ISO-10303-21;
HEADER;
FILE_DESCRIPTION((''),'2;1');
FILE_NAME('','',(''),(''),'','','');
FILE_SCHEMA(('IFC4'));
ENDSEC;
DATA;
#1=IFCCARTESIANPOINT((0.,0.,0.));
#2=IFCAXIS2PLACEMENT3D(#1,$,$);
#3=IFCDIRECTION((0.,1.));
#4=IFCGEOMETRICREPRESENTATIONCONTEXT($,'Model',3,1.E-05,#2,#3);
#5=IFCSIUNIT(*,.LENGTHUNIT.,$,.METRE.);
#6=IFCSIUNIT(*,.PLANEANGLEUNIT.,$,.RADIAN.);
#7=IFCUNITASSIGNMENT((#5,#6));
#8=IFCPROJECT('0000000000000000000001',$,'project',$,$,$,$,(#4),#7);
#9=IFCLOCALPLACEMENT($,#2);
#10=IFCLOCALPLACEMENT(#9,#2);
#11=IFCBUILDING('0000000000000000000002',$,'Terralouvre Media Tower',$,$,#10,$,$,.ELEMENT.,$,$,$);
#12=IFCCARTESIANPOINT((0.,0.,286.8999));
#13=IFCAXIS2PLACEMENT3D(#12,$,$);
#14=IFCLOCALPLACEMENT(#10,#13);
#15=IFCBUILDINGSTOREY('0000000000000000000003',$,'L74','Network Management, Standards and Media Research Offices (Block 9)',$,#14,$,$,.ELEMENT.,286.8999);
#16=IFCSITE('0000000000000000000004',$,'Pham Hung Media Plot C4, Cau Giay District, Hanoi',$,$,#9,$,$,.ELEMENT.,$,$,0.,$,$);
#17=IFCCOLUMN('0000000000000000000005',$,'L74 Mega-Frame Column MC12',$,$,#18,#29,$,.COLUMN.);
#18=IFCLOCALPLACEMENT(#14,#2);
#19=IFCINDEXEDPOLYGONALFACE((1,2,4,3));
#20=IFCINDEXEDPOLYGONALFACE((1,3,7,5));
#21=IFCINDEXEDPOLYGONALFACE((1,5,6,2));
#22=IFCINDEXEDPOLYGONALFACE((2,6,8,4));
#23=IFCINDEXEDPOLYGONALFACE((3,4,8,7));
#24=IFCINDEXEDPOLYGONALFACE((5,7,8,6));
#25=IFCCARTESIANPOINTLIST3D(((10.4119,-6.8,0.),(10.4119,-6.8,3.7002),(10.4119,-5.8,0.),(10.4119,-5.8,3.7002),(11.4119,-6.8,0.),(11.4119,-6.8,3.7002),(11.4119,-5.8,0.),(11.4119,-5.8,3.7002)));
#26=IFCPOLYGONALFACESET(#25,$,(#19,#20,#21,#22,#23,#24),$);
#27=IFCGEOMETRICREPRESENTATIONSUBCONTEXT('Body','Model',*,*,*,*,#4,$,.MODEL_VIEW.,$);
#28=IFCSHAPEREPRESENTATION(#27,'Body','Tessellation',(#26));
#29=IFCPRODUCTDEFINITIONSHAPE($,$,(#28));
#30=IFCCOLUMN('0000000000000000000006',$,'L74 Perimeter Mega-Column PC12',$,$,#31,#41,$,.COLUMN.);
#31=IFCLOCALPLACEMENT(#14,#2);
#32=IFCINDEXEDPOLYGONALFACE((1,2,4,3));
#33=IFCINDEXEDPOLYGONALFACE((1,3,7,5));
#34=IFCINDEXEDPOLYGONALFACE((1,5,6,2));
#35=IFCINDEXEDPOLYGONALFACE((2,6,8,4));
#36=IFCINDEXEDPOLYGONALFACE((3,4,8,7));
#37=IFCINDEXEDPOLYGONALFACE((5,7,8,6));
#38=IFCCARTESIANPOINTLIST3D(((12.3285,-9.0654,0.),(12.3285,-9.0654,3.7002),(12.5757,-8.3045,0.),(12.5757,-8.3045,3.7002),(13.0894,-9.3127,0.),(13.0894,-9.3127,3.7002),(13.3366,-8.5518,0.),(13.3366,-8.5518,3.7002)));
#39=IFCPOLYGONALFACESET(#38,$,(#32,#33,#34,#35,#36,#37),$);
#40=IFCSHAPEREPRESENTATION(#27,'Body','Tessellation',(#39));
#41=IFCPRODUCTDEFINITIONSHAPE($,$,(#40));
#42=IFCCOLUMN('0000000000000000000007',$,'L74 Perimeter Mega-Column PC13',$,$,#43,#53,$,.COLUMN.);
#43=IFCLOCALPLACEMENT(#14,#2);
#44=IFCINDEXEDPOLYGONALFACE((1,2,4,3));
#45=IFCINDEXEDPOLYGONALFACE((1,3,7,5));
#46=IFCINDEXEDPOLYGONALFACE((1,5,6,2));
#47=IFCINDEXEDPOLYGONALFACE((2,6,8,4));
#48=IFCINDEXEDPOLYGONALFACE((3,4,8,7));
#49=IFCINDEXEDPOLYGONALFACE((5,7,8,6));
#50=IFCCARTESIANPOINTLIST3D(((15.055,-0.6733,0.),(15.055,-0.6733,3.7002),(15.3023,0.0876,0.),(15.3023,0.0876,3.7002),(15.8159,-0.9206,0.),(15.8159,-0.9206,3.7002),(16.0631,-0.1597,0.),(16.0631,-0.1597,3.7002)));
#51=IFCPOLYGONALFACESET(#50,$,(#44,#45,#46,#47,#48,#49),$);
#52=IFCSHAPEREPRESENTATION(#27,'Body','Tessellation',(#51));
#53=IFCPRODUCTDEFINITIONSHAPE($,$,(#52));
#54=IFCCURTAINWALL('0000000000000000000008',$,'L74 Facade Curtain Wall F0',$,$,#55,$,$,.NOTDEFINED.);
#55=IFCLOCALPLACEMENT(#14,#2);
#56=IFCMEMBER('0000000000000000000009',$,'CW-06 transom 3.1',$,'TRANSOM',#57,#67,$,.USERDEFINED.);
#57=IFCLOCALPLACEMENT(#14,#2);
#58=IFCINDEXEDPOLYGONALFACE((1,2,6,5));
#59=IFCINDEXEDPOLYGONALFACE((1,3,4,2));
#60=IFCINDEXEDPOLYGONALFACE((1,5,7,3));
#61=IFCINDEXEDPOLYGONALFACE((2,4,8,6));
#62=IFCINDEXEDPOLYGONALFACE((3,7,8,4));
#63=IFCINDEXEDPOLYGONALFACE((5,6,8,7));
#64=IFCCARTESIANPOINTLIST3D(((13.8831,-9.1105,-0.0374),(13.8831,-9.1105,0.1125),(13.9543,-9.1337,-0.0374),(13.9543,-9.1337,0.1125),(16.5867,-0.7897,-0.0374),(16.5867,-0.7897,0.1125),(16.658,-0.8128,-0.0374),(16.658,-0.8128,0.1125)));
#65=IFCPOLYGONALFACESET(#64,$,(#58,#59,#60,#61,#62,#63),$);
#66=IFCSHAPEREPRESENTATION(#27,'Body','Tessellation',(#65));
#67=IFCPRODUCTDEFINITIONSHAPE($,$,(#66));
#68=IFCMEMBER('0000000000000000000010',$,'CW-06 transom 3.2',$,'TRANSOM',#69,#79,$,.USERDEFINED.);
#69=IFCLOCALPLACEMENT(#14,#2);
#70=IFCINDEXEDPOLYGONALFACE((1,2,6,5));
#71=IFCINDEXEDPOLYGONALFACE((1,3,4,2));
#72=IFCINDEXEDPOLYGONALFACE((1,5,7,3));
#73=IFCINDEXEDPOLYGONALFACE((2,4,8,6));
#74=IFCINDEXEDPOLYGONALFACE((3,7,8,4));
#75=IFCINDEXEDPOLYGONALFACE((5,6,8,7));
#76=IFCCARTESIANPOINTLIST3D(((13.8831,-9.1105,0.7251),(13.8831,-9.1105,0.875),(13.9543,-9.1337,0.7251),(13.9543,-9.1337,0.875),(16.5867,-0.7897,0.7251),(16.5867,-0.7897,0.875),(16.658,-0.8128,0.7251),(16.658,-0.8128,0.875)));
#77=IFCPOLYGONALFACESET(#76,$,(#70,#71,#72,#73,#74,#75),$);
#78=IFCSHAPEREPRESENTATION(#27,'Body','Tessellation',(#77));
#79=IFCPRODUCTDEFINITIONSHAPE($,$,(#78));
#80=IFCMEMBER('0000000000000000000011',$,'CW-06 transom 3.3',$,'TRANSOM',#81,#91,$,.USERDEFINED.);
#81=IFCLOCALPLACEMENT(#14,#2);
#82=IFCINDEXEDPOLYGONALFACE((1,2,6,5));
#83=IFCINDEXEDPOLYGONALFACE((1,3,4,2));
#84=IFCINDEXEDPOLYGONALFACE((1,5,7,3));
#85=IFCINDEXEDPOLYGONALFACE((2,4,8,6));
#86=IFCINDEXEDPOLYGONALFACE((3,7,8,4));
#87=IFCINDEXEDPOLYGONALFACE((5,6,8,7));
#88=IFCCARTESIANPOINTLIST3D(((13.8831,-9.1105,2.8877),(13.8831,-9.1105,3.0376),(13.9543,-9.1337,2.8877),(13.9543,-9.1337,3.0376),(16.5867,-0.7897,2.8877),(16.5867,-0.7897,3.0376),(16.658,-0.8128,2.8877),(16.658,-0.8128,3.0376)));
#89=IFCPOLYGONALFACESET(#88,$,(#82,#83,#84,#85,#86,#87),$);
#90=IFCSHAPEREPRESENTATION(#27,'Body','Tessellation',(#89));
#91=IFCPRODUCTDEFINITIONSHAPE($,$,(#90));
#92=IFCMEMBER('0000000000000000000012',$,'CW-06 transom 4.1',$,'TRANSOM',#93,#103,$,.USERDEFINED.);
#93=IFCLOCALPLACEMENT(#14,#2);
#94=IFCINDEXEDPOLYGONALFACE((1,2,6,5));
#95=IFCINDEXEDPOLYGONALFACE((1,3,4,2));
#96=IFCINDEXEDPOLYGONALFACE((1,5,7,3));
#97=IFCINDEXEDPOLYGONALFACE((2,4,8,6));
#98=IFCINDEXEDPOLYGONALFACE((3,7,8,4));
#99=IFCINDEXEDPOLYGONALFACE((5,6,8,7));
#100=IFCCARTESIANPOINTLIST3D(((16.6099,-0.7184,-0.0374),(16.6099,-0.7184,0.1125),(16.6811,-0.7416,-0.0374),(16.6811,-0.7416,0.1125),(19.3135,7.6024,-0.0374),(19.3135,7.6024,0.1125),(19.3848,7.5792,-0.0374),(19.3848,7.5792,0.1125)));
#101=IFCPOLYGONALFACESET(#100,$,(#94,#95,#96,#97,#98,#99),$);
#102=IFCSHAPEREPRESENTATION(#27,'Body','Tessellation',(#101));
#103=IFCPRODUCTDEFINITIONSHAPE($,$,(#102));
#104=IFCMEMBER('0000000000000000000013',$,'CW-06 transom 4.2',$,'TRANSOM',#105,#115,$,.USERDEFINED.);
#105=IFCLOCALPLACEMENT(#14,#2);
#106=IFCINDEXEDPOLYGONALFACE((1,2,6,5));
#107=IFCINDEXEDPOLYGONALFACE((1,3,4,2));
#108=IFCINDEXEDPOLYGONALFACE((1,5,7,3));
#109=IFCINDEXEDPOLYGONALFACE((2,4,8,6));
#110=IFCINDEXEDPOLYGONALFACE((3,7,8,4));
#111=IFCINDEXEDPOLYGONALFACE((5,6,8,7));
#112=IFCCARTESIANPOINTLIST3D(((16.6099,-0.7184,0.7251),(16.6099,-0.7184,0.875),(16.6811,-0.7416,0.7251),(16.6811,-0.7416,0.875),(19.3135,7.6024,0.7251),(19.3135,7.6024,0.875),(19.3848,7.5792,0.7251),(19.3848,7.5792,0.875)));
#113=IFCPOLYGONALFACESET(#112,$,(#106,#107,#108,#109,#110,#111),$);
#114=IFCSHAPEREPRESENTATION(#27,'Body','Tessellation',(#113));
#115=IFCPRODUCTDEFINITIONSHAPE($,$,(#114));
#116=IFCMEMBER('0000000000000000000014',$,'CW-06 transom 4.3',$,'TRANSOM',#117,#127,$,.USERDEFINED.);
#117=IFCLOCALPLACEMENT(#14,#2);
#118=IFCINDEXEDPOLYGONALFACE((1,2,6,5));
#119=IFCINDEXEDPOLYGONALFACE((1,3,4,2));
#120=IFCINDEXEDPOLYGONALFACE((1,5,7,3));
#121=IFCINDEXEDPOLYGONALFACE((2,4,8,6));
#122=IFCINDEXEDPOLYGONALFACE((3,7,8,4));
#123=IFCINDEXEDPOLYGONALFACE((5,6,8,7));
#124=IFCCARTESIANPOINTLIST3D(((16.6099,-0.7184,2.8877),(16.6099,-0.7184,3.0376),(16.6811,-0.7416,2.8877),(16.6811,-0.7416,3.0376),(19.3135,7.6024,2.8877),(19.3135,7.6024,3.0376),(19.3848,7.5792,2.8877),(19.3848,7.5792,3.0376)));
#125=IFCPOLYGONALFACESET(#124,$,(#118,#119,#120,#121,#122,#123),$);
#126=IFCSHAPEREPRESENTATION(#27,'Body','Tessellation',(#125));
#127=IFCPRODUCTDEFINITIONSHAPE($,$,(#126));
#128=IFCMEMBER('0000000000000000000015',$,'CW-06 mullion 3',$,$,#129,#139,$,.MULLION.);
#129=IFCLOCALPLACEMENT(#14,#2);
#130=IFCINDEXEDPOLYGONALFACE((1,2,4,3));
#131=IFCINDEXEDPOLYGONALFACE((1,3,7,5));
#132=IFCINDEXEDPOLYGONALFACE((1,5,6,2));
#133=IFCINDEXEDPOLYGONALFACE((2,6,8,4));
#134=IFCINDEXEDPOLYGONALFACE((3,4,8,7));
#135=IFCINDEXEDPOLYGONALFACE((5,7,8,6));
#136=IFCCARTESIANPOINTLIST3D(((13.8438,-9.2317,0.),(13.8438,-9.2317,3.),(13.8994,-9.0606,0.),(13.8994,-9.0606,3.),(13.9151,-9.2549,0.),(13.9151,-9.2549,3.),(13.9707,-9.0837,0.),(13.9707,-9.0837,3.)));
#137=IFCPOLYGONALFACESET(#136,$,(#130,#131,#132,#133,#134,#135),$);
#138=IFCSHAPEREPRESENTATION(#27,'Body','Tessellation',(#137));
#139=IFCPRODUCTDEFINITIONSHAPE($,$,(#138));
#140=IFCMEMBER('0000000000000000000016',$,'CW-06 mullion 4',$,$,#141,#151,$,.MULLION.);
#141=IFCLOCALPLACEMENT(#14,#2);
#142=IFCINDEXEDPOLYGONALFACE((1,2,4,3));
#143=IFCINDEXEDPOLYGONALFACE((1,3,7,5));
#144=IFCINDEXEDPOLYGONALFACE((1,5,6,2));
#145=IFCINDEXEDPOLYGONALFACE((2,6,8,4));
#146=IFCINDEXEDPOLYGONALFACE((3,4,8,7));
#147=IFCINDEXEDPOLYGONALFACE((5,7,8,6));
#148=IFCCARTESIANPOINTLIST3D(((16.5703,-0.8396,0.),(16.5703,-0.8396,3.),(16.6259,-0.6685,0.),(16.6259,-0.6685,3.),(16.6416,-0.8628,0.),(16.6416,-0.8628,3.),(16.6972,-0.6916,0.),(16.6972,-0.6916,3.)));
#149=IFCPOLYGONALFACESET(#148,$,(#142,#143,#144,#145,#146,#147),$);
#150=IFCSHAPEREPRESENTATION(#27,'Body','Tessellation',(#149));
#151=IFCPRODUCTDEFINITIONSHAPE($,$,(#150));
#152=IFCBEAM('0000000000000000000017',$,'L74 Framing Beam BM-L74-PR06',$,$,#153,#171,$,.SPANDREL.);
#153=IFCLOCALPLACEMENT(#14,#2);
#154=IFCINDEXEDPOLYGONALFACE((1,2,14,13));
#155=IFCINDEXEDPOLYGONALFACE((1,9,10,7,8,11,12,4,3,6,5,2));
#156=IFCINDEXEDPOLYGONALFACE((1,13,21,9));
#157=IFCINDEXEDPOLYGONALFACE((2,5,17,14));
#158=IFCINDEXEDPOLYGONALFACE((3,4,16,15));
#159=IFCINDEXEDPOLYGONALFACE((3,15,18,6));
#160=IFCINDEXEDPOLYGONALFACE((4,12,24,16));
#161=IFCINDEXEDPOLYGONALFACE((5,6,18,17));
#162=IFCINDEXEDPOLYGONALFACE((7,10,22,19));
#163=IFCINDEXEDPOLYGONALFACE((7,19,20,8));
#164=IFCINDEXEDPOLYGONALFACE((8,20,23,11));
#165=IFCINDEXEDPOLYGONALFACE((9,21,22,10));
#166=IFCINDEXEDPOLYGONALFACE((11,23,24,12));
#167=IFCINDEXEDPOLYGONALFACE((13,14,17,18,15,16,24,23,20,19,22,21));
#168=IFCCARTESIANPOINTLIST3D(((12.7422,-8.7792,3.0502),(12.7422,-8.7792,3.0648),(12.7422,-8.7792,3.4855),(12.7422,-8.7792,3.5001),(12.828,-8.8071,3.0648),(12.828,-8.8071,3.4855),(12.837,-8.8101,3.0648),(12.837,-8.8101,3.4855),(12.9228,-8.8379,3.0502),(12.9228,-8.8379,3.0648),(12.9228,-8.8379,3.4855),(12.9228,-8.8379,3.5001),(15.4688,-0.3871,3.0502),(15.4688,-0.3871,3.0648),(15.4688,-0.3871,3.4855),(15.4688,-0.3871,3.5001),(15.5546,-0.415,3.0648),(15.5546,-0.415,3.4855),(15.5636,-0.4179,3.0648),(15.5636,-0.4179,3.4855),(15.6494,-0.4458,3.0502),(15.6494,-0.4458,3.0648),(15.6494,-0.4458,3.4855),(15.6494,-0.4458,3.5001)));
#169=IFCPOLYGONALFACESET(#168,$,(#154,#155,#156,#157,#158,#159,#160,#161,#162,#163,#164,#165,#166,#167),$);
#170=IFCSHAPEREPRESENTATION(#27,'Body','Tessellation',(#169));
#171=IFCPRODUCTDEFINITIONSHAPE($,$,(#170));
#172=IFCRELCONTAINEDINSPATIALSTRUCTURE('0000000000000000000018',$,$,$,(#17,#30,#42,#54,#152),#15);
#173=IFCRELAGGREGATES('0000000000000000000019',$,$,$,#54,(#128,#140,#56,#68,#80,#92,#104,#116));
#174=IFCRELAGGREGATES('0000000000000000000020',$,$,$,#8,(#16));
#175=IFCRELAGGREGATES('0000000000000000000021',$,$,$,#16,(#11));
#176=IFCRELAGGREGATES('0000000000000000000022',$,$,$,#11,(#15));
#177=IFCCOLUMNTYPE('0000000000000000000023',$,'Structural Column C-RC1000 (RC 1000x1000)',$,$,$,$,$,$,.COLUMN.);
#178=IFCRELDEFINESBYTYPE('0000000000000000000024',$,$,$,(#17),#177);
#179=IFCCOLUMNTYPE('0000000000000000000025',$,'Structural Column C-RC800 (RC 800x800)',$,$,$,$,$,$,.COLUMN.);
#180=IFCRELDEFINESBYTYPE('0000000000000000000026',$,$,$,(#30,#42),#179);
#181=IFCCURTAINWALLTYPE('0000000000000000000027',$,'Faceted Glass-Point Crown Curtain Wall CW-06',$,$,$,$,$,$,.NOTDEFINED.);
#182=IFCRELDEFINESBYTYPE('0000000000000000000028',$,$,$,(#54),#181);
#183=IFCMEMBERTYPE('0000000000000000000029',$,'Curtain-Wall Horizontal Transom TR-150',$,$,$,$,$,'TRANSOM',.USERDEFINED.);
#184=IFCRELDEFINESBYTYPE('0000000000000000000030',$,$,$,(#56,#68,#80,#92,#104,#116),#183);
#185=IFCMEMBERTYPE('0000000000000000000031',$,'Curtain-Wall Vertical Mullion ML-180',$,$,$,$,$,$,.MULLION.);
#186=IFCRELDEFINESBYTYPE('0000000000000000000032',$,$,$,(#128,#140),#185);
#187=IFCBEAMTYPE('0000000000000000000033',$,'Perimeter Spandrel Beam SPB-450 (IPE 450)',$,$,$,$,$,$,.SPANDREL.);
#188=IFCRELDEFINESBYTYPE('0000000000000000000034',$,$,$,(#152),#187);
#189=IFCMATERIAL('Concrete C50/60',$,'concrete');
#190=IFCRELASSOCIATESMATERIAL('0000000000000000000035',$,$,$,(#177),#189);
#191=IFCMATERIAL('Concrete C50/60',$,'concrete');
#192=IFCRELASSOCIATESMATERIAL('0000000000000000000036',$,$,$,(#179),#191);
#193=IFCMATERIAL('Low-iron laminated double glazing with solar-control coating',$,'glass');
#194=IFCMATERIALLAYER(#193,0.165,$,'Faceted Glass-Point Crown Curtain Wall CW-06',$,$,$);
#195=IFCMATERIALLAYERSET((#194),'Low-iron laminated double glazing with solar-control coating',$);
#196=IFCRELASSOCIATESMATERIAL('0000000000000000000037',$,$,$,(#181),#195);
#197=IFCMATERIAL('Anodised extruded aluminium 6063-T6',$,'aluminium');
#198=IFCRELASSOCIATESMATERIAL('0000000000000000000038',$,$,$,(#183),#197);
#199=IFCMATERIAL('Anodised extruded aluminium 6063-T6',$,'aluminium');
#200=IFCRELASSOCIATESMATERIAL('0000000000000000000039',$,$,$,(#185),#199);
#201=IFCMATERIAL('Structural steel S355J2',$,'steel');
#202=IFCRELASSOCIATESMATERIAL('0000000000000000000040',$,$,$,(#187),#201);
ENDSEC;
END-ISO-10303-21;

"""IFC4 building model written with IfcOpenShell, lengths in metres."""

from ifc_helpers import new_model, si_unit, direction, frame, origin, origin_2d, place, context, subcontext, project, spatial, rectangle, i_section, extrude, material, layer, layer_set, material_profile, profile_set, type_object, element, aggregate, save


model = new_model("IFC4")

# Units and contexts
model_context = context("Model", 3, precision=1e-05, world=origin(), true_north=direction((0.0, 1.0)))
body_context = subcontext(model_context, "Body", "Model", "MODEL_VIEW")
ifc_project = project(units=[si_unit("LENGTHUNIT", "METRE"), si_unit("PLANEANGLEUNIT", "RADIAN")], contexts=[model_context])

# Site, building, storey
site_placement = place(None, origin())
site = spatial("IfcSite", under=ifc_project, at=site_placement, Name="Pham Hung Media Plot C4, Cau Giay District, Hanoi", CompositionType="ELEMENT", RefElevation=0.0)
building_placement = place(site_placement, origin())
building = spatial("IfcBuilding", under=site, at=building_placement, Name="Terralouvre Media Tower", CompositionType="ELEMENT")
storey_placement = place(building_placement, frame((0.0, 0.0, 286.8999)))
storey = spatial("IfcBuildingStorey", under=building, at=storey_placement, Name="L74", Description="Network Management, Standards and Media Research Offices (Block 9)", CompositionType="ELEMENT", Elevation=286.8999)

# Columns
ifc_material_1 = material(Name="Concrete C50/60", Category="concrete")
ifc_material_profile_1 = material_profile(ifc_material_1, rectangle(XDim=1.0, YDim=1.0, at=origin_2d()), Name="RC 1000x1000")
ifc_profile_set_1 = profile_set([ifc_material_profile_1], Name="Concrete C50/60")
column_type_1 = type_object("IfcColumnType", Name="Structural Column C-RC1000 (RC 1000x1000)", PredefinedType="COLUMN", material=ifc_profile_set_1)
column_placement = place(storey_placement, frame((10.9119, -6.3, 0.0), z_axis=(0.0, 0.0, 1.0), x_axis=(1.0, 0.0, 0.0)))
element("IfcColumn", 1, at=column_placement, inside=storey, type_object=column_type_1, Name="L74 Mega-Frame Column MC12", PredefinedType="COLUMN", context=body_context, shape_type="SweptSolid", body=[
    extrude(rectangle(XDim=1.0, YDim=1.0, at=origin_2d()), origin(), (0.0, 0.0, 1.0), 3.7002),
])
ifc_material_2 = material(Name="Concrete C50/60", Category="concrete")
ifc_material_profile_2 = material_profile(ifc_material_2, rectangle(XDim=0.8, YDim=0.8, at=origin_2d()), Name="RC 800x800")
ifc_profile_set_2 = profile_set([ifc_material_profile_2], Name="Concrete C50/60")
column_type_2 = type_object("IfcColumnType", Name="Structural Column C-RC800 (RC 800x800)", PredefinedType="COLUMN", material=ifc_profile_set_2)
for number, where, z_axis, x_axis, name in (
    (2, (12.8325, -8.8086, 0.0), (0.0, 0.0, 1.0), (0.309017, 0.951057, 0.0), "L74 Perimeter Mega-Column PC12"),
    (3, (15.5591, -0.4165, 0.0), (0.0, 0.0, 1.0), (0.309017, 0.951057, 0.0), "L74 Perimeter Mega-Column PC13"),
):
    element("IfcColumn", number, at=place(storey_placement, frame(where, z_axis=z_axis, x_axis=x_axis)), inside=storey, type_object=column_type_2, Name=name, PredefinedType="COLUMN", context=body_context, shape_type="SweptSolid", body=[
        extrude(rectangle(XDim=0.8, YDim=0.8, at=origin_2d()), origin(), (0.0, 0.0, 1.0), 3.7002),
    ])

# Curtain wall, members
ifc_material_3 = material(Name="Low-iron laminated double glazing with solar-control coating", Category="glass")
ifc_layer_1 = layer(ifc_material_3, 0.165, Name="Faceted Glass-Point Crown Curtain Wall CW-06")
ifc_layer_set_1 = layer_set([ifc_layer_1], Name="Low-iron laminated double glazing with solar-control coating")
curtain_wall_type = type_object("IfcCurtainWallType", Name="Faceted Glass-Point Crown Curtain Wall CW-06", PredefinedType="NOTDEFINED", material=ifc_layer_set_1)
curtain_wall_placement = place(storey_placement, origin())
curtain_wall = element("IfcCurtainWall", 4, at=curtain_wall_placement, inside=storey, type_object=curtain_wall_type, Name="L74 Facade Curtain Wall F0", PredefinedType="NOTDEFINED")
ifc_material_4 = material(Name="Anodised extruded aluminium 6063-T6", Category="aluminium")
ifc_material_profile_3 = material_profile(ifc_material_4, rectangle(XDim=0.075, YDim=0.1499, at=origin_2d()), Name="ALU 75x150")
ifc_profile_set_3 = profile_set([ifc_material_profile_3], Name="Anodised extruded aluminium 6063-T6")
member_type_1 = type_object("IfcMemberType", Name="Curtain-Wall Horizontal Transom TR-150", ElementType="TRANSOM", PredefinedType="USERDEFINED", material=ifc_profile_set_3)
member_1_placement = place(storey_placement, frame((13.9187, -9.1221, 0.0376), z_axis=(0.309019, 0.951056, 0.0), x_axis=(-0.951056, 0.309019, 0.0)))
member_1 = element("IfcMember", 5, at=member_1_placement, type_object=member_type_1, Name="CW-06 transom 3.1", ObjectType="TRANSOM", PredefinedType="USERDEFINED", context=body_context, shape_type="SweptSolid", body=[
    extrude(rectangle(XDim=0.075, YDim=0.1499, at=origin_2d()), origin(), (0.0, 0.0, 1.0), 8.749),
])
member_2_placement = place(storey_placement, frame((13.9187, -9.1221, 0.8), z_axis=(0.309019, 0.951056, 0.0), x_axis=(-0.951056, 0.309019, 0.0)))
member_2 = element("IfcMember", 6, at=member_2_placement, type_object=member_type_1, Name="CW-06 transom 3.2", ObjectType="TRANSOM", PredefinedType="USERDEFINED", context=body_context, shape_type="SweptSolid", body=[
    extrude(rectangle(XDim=0.075, YDim=0.1499, at=origin_2d()), origin(), (0.0, 0.0, 1.0), 8.749),
])
member_3_placement = place(storey_placement, frame((13.9187, -9.1221, 2.9626), z_axis=(0.309019, 0.951056, 0.0), x_axis=(-0.951056, 0.309019, 0.0)))
member_3 = element("IfcMember", 7, at=member_3_placement, type_object=member_type_1, Name="CW-06 transom 3.3", ObjectType="TRANSOM", PredefinedType="USERDEFINED", context=body_context, shape_type="SweptSolid", body=[
    extrude(rectangle(XDim=0.075, YDim=0.1499, at=origin_2d()), origin(), (0.0, 0.0, 1.0), 8.749),
])
member_4_placement = place(storey_placement, frame((16.6455, -0.73, 0.0376), z_axis=(0.309019, 0.951056, 0.0), x_axis=(-0.951056, 0.309019, 0.0)))
member_4 = element("IfcMember", 8, at=member_4_placement, type_object=member_type_1, Name="CW-06 transom 4.1", ObjectType="TRANSOM", PredefinedType="USERDEFINED", context=body_context, shape_type="SweptSolid", body=[
    extrude(rectangle(XDim=0.075, YDim=0.1499, at=origin_2d()), origin(), (0.0, 0.0, 1.0), 8.749),
])
member_5_placement = place(storey_placement, frame((16.6455, -0.73, 0.8), z_axis=(0.309019, 0.951056, 0.0), x_axis=(-0.951056, 0.309019, 0.0)))
member_5 = element("IfcMember", 9, at=member_5_placement, type_object=member_type_1, Name="CW-06 transom 4.2", ObjectType="TRANSOM", PredefinedType="USERDEFINED", context=body_context, shape_type="SweptSolid", body=[
    extrude(rectangle(XDim=0.075, YDim=0.1499, at=origin_2d()), origin(), (0.0, 0.0, 1.0), 8.749),
])
member_6_placement = place(storey_placement, frame((16.6455, -0.73, 2.9626), z_axis=(0.309019, 0.951056, 0.0), x_axis=(-0.951056, 0.309019, 0.0)))
member_6 = element("IfcMember", 10, at=member_6_placement, type_object=member_type_1, Name="CW-06 transom 4.3", ObjectType="TRANSOM", PredefinedType="USERDEFINED", context=body_context, shape_type="SweptSolid", body=[
    extrude(rectangle(XDim=0.075, YDim=0.1499, at=origin_2d()), origin(), (0.0, 0.0, 1.0), 8.749),
])
ifc_material_5 = material(Name="Anodised extruded aluminium 6063-T6", Category="aluminium")
ifc_material_profile_4 = material_profile(ifc_material_5, rectangle(XDim=0.075, YDim=0.1799, at=origin_2d()), Name="ALU 75x180")
ifc_profile_set_4 = profile_set([ifc_material_profile_4], Name="Anodised extruded aluminium 6063-T6")
member_type_2 = type_object("IfcMemberType", Name="Curtain-Wall Vertical Mullion ML-180", PredefinedType="MULLION", material=ifc_profile_set_4)
member_7_placement = place(storey_placement, frame((13.9072, -9.1577, 0.0), z_axis=(0.0, 0.0, 1.0), x_axis=(-0.951057, 0.309017, 0.0)))
member_7 = element("IfcMember", 11, at=member_7_placement, type_object=member_type_2, Name="CW-06 mullion 3", PredefinedType="MULLION", context=body_context, shape_type="SweptSolid", body=[
    extrude(rectangle(XDim=0.075, YDim=0.1799, at=origin_2d()), origin(), (0.0, 0.0, 1.0), 3.0),
])
member_8_placement = place(storey_placement, frame((16.6338, -0.7656, 0.0), z_axis=(0.0, 0.0, 1.0), x_axis=(-0.951057, 0.309017, 0.0)))
member_8 = element("IfcMember", 12, at=member_8_placement, type_object=member_type_2, Name="CW-06 mullion 4", PredefinedType="MULLION", context=body_context, shape_type="SweptSolid", body=[
    extrude(rectangle(XDim=0.075, YDim=0.1799, at=origin_2d()), origin(), (0.0, 0.0, 1.0), 3.0),
])

# Beam
ifc_material_6 = material(Name="Structural steel S355J2", Category="steel")
ifc_material_profile_5 = material_profile(ifc_material_6, i_section(OverallWidth=0.1899, OverallDepth=0.45, WebThickness=0.0095, FlangeThickness=0.0146, at=origin_2d()), Name="IPE 450")
ifc_profile_set_5 = profile_set([ifc_material_profile_5], Name="Structural steel S355J2")
beam_type_1 = type_object("IfcBeamType", Name="Perimeter Spandrel Beam SPB-450 (IPE 450)", PredefinedType="SPANDREL", material=ifc_profile_set_5)
beam_1_placement = place(storey_placement, frame((12.8325, -8.8086, 3.2751), z_axis=(0.308997, 0.951063, 0.0), x_axis=(-0.951063, 0.308997, 0.0)))
element("IfcBeam", 13, at=beam_1_placement, inside=storey, type_object=beam_type_1, Name="L74 Framing Beam BM-L74-PR06", PredefinedType="SPANDREL", context=body_context, shape_type="SweptSolid", body=[
    extrude(i_section(OverallWidth=0.1899, OverallDepth=0.45, WebThickness=0.0095, FlangeThickness=0.0146, at=origin_2d()), origin(), (0.0, 0.0, 1.0), 8.824),
])

aggregate(curtain_wall, [member_7, member_8, member_1, member_2, member_3, member_4, member_5, member_6])

save(model, "model.ifc")
